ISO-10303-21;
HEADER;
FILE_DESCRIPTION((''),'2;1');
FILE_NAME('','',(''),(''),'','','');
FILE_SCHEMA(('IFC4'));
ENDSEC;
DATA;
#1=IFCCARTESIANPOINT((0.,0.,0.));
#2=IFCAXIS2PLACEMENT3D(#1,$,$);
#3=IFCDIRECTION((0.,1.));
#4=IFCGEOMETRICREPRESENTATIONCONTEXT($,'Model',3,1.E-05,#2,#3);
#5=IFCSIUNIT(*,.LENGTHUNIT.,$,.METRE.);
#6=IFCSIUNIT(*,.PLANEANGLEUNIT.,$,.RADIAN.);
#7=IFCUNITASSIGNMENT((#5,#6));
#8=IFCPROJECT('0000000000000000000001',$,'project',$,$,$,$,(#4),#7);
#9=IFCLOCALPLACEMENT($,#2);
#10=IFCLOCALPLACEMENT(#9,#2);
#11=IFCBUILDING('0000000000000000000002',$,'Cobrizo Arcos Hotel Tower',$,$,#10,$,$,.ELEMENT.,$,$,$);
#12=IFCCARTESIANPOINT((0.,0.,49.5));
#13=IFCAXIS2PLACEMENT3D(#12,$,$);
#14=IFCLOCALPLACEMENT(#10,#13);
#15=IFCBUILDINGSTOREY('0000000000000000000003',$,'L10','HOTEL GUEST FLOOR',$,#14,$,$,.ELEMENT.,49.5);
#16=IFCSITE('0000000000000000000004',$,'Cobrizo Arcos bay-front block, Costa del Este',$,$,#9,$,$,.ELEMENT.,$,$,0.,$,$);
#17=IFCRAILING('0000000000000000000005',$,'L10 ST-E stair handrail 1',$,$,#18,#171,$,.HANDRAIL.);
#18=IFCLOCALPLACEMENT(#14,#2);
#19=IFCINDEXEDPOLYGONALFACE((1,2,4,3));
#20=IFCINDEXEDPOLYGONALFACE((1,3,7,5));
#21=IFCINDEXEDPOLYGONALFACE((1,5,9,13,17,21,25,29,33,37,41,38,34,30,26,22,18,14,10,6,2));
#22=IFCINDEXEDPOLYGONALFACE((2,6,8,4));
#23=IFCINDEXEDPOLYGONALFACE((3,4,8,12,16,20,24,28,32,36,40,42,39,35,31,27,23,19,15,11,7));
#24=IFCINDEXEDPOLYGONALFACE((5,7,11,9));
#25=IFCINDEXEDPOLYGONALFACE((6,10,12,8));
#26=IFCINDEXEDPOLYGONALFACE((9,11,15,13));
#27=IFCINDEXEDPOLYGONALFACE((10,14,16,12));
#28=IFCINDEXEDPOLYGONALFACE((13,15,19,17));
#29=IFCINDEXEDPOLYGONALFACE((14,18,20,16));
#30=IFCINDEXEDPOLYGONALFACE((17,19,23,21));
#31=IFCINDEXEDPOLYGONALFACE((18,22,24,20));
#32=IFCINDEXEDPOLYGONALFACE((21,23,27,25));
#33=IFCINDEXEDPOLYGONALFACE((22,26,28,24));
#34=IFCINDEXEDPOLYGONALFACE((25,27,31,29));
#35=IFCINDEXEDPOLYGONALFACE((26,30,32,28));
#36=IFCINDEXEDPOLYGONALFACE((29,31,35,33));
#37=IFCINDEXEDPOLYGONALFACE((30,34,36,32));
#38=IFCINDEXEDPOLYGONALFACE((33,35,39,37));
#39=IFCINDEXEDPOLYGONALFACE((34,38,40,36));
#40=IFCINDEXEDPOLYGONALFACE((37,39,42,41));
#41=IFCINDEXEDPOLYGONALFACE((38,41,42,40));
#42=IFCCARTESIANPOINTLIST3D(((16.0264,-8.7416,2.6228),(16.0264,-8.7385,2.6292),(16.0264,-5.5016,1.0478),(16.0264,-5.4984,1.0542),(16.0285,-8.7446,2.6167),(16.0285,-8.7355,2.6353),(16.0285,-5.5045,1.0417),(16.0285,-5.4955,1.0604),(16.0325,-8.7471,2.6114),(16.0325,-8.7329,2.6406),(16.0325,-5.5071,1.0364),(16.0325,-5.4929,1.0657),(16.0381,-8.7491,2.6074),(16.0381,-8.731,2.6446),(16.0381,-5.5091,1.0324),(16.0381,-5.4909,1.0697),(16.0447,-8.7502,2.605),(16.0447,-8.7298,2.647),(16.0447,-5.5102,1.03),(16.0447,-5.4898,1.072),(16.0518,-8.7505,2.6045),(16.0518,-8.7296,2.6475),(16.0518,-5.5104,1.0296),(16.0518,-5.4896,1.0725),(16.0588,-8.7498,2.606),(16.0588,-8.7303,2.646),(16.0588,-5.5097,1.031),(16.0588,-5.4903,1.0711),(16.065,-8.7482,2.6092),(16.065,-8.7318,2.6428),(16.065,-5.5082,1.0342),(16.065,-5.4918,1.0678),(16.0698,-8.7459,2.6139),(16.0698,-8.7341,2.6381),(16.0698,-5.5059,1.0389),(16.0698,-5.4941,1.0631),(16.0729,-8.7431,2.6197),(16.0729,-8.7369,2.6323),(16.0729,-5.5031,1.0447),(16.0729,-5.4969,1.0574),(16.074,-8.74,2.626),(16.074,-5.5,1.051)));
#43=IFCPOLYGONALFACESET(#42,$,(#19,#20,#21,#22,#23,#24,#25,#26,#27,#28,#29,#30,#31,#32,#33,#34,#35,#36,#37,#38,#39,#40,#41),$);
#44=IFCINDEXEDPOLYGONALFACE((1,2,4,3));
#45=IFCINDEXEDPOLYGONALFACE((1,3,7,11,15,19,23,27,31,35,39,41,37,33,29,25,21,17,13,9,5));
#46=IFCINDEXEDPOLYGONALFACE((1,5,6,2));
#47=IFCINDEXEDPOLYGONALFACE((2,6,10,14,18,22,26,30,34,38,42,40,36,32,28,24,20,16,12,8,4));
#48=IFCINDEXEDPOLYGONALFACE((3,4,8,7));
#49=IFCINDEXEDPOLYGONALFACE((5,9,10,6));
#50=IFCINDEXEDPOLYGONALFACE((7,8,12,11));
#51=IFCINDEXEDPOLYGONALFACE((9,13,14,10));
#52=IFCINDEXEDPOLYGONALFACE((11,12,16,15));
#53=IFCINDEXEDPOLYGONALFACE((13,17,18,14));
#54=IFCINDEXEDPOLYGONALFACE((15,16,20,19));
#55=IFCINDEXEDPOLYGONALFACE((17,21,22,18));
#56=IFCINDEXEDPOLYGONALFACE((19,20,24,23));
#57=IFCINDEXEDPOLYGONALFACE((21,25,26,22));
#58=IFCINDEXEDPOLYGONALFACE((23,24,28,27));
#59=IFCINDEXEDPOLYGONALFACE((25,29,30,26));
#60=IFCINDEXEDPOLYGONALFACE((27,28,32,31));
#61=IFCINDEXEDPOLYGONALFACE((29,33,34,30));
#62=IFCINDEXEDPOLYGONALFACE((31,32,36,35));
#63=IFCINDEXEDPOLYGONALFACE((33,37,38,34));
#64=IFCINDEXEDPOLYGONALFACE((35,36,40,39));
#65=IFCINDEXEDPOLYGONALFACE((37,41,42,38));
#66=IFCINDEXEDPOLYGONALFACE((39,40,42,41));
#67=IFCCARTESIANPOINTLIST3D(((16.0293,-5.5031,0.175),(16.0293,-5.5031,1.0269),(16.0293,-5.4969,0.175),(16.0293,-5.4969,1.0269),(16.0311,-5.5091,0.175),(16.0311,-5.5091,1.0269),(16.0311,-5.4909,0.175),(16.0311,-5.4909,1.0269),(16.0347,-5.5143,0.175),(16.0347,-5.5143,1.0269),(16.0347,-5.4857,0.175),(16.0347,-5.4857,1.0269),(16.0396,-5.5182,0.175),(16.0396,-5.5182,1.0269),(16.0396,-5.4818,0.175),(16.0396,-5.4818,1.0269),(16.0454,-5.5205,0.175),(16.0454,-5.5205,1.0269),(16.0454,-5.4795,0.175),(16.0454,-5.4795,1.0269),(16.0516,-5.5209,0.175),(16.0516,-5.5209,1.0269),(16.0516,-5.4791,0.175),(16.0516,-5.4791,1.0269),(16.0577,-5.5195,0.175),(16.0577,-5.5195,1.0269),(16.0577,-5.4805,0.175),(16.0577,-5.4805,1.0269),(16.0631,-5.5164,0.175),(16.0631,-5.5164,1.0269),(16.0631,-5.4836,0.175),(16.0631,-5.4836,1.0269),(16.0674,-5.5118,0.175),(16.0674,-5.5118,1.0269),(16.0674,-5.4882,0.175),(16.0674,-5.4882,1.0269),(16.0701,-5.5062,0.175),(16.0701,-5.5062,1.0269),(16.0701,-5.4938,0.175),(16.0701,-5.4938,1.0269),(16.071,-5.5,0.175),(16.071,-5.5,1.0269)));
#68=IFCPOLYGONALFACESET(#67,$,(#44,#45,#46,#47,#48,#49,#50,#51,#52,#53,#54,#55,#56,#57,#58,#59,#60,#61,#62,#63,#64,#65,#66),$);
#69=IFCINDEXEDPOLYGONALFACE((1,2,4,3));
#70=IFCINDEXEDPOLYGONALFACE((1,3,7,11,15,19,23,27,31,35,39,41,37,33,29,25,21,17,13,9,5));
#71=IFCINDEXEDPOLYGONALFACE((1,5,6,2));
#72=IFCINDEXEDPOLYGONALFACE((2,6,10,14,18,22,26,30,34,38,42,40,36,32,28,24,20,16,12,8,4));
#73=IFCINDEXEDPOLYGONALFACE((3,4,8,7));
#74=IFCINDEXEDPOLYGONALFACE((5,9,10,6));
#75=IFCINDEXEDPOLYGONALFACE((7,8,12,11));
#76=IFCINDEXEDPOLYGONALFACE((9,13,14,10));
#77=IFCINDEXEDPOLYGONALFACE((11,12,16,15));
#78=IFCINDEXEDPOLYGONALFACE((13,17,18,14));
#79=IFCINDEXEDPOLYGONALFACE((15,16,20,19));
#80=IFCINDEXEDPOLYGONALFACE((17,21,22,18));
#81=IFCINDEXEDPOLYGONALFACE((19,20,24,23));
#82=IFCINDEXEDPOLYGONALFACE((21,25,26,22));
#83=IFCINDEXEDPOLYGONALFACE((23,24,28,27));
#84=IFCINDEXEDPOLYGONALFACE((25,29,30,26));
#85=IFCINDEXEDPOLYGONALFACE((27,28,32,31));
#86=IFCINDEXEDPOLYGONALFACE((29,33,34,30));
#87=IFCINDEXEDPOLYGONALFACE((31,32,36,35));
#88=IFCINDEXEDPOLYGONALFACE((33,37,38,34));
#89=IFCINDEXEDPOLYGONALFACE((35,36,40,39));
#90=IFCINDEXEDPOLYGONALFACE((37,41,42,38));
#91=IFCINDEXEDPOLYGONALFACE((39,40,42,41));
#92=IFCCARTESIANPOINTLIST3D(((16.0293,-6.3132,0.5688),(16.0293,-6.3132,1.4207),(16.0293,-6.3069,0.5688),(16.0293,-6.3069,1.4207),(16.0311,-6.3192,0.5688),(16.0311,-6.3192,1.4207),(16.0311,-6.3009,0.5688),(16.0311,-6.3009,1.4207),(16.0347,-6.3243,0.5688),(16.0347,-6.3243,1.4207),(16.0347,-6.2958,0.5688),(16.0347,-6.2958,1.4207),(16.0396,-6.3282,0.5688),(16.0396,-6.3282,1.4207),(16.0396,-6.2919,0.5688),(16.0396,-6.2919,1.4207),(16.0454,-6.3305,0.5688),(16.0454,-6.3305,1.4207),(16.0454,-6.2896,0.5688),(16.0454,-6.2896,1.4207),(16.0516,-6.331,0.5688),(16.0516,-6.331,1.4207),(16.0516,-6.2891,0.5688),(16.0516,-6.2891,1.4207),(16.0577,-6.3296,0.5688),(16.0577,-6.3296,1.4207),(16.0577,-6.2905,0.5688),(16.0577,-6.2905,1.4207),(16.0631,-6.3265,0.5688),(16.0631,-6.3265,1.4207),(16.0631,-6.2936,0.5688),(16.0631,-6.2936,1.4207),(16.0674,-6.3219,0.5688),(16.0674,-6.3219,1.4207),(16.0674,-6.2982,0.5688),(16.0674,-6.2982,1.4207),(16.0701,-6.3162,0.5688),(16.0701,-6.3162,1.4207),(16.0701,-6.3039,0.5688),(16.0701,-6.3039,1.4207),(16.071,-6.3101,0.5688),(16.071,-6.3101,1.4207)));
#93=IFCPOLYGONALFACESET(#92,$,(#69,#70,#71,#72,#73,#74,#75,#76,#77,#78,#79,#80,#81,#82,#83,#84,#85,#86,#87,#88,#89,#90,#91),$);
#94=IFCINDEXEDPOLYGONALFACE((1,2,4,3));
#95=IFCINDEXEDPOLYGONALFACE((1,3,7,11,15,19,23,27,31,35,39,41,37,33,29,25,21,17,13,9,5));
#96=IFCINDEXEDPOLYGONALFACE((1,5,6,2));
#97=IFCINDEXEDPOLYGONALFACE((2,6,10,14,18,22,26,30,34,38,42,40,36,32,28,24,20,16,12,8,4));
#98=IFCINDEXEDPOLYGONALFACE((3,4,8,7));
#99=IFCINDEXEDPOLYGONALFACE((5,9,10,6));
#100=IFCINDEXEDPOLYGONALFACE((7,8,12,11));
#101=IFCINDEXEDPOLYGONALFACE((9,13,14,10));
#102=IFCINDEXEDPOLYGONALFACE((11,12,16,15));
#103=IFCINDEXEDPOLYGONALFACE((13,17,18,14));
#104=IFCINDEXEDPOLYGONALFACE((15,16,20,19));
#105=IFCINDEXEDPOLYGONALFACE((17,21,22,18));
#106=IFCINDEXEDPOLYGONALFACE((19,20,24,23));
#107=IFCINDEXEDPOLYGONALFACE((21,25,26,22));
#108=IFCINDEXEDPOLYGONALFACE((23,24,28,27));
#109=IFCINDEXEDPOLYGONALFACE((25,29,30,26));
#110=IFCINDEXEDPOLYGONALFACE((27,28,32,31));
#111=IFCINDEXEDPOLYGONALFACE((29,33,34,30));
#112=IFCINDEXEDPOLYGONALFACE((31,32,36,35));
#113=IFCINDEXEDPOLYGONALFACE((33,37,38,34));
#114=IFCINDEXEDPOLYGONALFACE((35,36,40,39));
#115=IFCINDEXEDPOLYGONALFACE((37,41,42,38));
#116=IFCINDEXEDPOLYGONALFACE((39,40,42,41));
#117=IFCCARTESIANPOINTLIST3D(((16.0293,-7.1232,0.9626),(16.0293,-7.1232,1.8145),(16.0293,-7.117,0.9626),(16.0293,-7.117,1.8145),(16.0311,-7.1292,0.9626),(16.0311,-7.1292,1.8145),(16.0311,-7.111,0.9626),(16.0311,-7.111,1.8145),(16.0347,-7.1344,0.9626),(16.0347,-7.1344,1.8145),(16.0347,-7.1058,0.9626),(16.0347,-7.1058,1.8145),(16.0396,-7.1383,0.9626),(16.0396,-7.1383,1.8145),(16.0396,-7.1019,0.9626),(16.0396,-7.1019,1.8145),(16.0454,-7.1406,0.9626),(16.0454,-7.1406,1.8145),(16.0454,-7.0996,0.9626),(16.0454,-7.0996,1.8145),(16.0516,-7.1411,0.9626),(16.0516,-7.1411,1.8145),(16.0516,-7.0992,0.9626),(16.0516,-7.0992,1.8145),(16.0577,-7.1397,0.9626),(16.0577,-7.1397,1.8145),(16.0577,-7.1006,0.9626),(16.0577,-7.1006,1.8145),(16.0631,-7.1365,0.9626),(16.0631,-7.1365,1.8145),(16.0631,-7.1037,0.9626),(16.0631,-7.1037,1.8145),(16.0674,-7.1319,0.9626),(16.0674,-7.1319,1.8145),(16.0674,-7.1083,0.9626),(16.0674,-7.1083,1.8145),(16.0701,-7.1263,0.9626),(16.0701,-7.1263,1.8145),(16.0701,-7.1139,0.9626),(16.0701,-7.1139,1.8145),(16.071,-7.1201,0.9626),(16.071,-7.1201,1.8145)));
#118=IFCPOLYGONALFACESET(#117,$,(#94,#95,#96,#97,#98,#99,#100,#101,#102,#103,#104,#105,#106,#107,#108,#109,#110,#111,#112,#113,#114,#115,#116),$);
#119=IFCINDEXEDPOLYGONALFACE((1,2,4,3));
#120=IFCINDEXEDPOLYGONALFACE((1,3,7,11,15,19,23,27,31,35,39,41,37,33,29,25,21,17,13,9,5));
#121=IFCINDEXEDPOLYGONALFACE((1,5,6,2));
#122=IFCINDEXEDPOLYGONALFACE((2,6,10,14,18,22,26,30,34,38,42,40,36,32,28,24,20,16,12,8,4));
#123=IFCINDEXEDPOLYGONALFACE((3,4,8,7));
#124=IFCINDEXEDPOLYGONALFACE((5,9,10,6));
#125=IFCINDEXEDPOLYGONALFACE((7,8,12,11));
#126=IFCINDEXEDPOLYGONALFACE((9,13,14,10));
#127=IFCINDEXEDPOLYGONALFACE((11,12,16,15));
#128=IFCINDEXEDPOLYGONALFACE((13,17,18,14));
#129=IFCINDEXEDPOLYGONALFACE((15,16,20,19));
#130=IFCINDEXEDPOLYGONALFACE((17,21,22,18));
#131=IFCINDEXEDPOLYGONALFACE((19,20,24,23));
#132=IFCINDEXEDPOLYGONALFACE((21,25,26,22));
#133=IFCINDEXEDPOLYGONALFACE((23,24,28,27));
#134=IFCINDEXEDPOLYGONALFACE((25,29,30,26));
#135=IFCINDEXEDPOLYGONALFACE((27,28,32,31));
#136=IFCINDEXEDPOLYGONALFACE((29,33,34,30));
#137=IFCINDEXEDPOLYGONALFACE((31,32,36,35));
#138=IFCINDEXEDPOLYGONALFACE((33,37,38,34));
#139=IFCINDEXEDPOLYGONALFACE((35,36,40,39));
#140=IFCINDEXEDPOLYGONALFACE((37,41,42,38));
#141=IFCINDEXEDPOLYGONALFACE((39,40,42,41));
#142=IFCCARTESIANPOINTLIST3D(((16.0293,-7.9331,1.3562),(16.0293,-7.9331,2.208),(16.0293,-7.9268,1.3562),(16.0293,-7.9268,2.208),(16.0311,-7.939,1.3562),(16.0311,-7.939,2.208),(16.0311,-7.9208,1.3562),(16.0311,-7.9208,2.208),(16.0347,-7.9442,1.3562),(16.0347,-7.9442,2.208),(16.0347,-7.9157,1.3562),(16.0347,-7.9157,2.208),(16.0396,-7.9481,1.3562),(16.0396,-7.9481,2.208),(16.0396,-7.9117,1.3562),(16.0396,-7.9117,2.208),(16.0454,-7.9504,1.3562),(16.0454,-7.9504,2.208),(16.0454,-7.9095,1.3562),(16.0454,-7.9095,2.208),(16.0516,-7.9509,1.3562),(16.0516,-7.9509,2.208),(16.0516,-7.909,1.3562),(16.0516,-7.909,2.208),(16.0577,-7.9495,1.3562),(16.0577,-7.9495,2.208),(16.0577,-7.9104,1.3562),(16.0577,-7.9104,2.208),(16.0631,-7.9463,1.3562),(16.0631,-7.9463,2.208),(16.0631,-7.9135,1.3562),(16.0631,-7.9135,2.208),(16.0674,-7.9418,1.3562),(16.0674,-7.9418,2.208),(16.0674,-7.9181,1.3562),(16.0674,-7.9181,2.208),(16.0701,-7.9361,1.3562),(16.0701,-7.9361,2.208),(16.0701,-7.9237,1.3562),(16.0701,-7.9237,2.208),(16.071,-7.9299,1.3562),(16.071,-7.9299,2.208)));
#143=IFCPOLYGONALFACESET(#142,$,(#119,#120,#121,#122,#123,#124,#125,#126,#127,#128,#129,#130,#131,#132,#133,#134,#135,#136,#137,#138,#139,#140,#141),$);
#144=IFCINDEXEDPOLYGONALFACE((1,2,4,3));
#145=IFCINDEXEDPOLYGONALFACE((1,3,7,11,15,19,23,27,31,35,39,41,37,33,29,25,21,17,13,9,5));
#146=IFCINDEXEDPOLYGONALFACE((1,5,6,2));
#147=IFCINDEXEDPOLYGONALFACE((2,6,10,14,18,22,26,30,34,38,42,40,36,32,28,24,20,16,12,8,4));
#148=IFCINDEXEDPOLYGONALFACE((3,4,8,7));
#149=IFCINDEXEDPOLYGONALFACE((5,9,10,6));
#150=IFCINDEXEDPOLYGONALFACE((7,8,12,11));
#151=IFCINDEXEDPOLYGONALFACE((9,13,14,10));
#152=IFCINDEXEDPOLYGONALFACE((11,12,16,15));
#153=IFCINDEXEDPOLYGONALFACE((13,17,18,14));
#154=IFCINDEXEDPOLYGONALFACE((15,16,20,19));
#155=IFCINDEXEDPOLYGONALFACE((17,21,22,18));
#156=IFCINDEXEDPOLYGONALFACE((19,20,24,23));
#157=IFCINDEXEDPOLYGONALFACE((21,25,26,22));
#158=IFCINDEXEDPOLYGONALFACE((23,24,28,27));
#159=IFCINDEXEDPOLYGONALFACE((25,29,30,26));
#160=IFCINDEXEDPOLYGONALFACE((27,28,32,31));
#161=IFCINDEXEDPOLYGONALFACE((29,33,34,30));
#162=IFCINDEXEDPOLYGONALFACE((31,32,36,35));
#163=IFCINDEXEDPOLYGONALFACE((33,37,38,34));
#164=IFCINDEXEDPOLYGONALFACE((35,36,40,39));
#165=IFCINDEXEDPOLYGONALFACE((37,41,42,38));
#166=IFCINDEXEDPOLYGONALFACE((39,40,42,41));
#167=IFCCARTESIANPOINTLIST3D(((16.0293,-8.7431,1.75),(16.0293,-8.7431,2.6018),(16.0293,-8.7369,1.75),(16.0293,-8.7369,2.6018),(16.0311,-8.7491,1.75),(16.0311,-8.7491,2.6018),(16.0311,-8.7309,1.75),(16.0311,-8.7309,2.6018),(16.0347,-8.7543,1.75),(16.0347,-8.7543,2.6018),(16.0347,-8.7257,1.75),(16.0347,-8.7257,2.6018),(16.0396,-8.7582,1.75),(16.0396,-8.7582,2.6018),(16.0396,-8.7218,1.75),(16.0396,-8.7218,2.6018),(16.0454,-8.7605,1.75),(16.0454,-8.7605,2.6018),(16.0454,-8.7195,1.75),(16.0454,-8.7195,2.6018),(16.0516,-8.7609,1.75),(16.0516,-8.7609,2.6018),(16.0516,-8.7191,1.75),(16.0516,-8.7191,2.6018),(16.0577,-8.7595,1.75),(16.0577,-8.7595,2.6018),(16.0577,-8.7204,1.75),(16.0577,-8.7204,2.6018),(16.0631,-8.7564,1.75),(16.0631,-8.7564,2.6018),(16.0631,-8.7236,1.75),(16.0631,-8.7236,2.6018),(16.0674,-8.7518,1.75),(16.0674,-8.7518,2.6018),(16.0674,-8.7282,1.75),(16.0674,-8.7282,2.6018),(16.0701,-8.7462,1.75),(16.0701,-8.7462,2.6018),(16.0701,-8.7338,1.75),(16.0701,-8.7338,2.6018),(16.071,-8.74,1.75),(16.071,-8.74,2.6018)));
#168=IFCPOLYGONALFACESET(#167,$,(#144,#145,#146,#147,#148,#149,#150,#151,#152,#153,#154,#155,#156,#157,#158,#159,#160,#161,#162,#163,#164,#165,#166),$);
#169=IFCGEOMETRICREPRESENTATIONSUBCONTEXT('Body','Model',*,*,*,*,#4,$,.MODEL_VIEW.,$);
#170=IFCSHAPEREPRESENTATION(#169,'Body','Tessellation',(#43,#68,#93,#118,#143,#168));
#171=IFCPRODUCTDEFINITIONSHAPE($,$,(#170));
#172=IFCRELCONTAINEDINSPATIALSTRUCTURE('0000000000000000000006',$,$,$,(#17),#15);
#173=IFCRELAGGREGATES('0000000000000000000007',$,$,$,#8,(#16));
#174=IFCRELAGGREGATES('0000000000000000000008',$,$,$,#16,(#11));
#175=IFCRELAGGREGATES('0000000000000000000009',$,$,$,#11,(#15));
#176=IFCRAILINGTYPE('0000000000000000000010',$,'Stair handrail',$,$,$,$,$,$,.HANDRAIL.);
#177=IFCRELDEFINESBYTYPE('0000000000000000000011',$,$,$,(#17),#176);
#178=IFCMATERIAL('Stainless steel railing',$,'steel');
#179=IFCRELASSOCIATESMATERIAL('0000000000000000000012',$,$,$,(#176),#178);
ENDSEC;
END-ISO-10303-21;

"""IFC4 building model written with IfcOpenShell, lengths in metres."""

from ifc_helpers import new_model, si_unit, direction, frame, origin, origin_2d, place, context, subcontext, project, spatial, circle, extrude, material, type_object, element, save


model = new_model("IFC4")

# Units and contexts
model_context = context("Model", 3, precision=1e-05, world=origin(), true_north=direction((0.0, 1.0)))
body_context = subcontext(model_context, "Body", "Model", "MODEL_VIEW")
ifc_project = project(units=[si_unit("LENGTHUNIT", "METRE"), si_unit("PLANEANGLEUNIT", "RADIAN")], contexts=[model_context])

# Site, building, storey
site_placement = place(None, origin())
site = spatial("IfcSite", under=ifc_project, at=site_placement, Name="Cobrizo Arcos bay-front block, Costa del Este", CompositionType="ELEMENT", RefElevation=0.0)
building_placement = place(site_placement, origin())
building = spatial("IfcBuilding", under=site, at=building_placement, Name="Cobrizo Arcos Hotel Tower", CompositionType="ELEMENT")
storey_placement = place(building_placement, frame((0.0, 0.0, 49.5)))
storey = spatial("IfcBuildingStorey", under=building, at=storey_placement, Name="L10", Description="HOTEL GUEST FLOOR", CompositionType="ELEMENT", Elevation=49.5)

# Railing
ifc_material_1 = material(Name="Stainless steel railing", Category="steel")
railing_type_1 = type_object("IfcRailingType", Name="Stair handrail", PredefinedType="HANDRAIL", material=ifc_material_1)
railing_1_placement = place(storey_placement, frame((16.05, -5.5, 0.175)))
element("IfcRailing", 1, at=railing_1_placement, inside=storey, type_object=railing_type_1, Name="L10 ST-E stair handrail 1", PredefinedType="HANDRAIL", context=body_context, shape_type="SweptSolid", body=[
    extrude(circle(Radius=0.0239, at=origin_2d()), frame((0.0, 0.0, 0.876), z_axis=(0.0, -0.899373, 0.437183), x_axis=(1.0, 0.0, 0.0)), (0.0, 0.0, 1.0), 3.6025),
    extrude(circle(Radius=0.021, at=origin_2d()), origin(), (0.0, 0.0, 1.0), 0.8518),
    extrude(circle(Radius=0.021, at=origin_2d()), frame((0.0, -0.8101, 0.3938)), (0.0, 0.0, 1.0), 0.8518),
    extrude(circle(Radius=0.021, at=origin_2d()), frame((0.0, -1.6201, 0.7876)), (0.0, 0.0, 1.0), 0.8518),
    extrude(circle(Radius=0.021, at=origin_2d()), frame((0.0, -2.4299, 1.1812)), (0.0, 0.0, 1.0), 0.8518),
    extrude(circle(Radius=0.021, at=origin_2d()), frame((0.0, -3.24, 1.575)), (0.0, 0.0, 1.0), 0.8518),
])

save(model, "model.ifc")
